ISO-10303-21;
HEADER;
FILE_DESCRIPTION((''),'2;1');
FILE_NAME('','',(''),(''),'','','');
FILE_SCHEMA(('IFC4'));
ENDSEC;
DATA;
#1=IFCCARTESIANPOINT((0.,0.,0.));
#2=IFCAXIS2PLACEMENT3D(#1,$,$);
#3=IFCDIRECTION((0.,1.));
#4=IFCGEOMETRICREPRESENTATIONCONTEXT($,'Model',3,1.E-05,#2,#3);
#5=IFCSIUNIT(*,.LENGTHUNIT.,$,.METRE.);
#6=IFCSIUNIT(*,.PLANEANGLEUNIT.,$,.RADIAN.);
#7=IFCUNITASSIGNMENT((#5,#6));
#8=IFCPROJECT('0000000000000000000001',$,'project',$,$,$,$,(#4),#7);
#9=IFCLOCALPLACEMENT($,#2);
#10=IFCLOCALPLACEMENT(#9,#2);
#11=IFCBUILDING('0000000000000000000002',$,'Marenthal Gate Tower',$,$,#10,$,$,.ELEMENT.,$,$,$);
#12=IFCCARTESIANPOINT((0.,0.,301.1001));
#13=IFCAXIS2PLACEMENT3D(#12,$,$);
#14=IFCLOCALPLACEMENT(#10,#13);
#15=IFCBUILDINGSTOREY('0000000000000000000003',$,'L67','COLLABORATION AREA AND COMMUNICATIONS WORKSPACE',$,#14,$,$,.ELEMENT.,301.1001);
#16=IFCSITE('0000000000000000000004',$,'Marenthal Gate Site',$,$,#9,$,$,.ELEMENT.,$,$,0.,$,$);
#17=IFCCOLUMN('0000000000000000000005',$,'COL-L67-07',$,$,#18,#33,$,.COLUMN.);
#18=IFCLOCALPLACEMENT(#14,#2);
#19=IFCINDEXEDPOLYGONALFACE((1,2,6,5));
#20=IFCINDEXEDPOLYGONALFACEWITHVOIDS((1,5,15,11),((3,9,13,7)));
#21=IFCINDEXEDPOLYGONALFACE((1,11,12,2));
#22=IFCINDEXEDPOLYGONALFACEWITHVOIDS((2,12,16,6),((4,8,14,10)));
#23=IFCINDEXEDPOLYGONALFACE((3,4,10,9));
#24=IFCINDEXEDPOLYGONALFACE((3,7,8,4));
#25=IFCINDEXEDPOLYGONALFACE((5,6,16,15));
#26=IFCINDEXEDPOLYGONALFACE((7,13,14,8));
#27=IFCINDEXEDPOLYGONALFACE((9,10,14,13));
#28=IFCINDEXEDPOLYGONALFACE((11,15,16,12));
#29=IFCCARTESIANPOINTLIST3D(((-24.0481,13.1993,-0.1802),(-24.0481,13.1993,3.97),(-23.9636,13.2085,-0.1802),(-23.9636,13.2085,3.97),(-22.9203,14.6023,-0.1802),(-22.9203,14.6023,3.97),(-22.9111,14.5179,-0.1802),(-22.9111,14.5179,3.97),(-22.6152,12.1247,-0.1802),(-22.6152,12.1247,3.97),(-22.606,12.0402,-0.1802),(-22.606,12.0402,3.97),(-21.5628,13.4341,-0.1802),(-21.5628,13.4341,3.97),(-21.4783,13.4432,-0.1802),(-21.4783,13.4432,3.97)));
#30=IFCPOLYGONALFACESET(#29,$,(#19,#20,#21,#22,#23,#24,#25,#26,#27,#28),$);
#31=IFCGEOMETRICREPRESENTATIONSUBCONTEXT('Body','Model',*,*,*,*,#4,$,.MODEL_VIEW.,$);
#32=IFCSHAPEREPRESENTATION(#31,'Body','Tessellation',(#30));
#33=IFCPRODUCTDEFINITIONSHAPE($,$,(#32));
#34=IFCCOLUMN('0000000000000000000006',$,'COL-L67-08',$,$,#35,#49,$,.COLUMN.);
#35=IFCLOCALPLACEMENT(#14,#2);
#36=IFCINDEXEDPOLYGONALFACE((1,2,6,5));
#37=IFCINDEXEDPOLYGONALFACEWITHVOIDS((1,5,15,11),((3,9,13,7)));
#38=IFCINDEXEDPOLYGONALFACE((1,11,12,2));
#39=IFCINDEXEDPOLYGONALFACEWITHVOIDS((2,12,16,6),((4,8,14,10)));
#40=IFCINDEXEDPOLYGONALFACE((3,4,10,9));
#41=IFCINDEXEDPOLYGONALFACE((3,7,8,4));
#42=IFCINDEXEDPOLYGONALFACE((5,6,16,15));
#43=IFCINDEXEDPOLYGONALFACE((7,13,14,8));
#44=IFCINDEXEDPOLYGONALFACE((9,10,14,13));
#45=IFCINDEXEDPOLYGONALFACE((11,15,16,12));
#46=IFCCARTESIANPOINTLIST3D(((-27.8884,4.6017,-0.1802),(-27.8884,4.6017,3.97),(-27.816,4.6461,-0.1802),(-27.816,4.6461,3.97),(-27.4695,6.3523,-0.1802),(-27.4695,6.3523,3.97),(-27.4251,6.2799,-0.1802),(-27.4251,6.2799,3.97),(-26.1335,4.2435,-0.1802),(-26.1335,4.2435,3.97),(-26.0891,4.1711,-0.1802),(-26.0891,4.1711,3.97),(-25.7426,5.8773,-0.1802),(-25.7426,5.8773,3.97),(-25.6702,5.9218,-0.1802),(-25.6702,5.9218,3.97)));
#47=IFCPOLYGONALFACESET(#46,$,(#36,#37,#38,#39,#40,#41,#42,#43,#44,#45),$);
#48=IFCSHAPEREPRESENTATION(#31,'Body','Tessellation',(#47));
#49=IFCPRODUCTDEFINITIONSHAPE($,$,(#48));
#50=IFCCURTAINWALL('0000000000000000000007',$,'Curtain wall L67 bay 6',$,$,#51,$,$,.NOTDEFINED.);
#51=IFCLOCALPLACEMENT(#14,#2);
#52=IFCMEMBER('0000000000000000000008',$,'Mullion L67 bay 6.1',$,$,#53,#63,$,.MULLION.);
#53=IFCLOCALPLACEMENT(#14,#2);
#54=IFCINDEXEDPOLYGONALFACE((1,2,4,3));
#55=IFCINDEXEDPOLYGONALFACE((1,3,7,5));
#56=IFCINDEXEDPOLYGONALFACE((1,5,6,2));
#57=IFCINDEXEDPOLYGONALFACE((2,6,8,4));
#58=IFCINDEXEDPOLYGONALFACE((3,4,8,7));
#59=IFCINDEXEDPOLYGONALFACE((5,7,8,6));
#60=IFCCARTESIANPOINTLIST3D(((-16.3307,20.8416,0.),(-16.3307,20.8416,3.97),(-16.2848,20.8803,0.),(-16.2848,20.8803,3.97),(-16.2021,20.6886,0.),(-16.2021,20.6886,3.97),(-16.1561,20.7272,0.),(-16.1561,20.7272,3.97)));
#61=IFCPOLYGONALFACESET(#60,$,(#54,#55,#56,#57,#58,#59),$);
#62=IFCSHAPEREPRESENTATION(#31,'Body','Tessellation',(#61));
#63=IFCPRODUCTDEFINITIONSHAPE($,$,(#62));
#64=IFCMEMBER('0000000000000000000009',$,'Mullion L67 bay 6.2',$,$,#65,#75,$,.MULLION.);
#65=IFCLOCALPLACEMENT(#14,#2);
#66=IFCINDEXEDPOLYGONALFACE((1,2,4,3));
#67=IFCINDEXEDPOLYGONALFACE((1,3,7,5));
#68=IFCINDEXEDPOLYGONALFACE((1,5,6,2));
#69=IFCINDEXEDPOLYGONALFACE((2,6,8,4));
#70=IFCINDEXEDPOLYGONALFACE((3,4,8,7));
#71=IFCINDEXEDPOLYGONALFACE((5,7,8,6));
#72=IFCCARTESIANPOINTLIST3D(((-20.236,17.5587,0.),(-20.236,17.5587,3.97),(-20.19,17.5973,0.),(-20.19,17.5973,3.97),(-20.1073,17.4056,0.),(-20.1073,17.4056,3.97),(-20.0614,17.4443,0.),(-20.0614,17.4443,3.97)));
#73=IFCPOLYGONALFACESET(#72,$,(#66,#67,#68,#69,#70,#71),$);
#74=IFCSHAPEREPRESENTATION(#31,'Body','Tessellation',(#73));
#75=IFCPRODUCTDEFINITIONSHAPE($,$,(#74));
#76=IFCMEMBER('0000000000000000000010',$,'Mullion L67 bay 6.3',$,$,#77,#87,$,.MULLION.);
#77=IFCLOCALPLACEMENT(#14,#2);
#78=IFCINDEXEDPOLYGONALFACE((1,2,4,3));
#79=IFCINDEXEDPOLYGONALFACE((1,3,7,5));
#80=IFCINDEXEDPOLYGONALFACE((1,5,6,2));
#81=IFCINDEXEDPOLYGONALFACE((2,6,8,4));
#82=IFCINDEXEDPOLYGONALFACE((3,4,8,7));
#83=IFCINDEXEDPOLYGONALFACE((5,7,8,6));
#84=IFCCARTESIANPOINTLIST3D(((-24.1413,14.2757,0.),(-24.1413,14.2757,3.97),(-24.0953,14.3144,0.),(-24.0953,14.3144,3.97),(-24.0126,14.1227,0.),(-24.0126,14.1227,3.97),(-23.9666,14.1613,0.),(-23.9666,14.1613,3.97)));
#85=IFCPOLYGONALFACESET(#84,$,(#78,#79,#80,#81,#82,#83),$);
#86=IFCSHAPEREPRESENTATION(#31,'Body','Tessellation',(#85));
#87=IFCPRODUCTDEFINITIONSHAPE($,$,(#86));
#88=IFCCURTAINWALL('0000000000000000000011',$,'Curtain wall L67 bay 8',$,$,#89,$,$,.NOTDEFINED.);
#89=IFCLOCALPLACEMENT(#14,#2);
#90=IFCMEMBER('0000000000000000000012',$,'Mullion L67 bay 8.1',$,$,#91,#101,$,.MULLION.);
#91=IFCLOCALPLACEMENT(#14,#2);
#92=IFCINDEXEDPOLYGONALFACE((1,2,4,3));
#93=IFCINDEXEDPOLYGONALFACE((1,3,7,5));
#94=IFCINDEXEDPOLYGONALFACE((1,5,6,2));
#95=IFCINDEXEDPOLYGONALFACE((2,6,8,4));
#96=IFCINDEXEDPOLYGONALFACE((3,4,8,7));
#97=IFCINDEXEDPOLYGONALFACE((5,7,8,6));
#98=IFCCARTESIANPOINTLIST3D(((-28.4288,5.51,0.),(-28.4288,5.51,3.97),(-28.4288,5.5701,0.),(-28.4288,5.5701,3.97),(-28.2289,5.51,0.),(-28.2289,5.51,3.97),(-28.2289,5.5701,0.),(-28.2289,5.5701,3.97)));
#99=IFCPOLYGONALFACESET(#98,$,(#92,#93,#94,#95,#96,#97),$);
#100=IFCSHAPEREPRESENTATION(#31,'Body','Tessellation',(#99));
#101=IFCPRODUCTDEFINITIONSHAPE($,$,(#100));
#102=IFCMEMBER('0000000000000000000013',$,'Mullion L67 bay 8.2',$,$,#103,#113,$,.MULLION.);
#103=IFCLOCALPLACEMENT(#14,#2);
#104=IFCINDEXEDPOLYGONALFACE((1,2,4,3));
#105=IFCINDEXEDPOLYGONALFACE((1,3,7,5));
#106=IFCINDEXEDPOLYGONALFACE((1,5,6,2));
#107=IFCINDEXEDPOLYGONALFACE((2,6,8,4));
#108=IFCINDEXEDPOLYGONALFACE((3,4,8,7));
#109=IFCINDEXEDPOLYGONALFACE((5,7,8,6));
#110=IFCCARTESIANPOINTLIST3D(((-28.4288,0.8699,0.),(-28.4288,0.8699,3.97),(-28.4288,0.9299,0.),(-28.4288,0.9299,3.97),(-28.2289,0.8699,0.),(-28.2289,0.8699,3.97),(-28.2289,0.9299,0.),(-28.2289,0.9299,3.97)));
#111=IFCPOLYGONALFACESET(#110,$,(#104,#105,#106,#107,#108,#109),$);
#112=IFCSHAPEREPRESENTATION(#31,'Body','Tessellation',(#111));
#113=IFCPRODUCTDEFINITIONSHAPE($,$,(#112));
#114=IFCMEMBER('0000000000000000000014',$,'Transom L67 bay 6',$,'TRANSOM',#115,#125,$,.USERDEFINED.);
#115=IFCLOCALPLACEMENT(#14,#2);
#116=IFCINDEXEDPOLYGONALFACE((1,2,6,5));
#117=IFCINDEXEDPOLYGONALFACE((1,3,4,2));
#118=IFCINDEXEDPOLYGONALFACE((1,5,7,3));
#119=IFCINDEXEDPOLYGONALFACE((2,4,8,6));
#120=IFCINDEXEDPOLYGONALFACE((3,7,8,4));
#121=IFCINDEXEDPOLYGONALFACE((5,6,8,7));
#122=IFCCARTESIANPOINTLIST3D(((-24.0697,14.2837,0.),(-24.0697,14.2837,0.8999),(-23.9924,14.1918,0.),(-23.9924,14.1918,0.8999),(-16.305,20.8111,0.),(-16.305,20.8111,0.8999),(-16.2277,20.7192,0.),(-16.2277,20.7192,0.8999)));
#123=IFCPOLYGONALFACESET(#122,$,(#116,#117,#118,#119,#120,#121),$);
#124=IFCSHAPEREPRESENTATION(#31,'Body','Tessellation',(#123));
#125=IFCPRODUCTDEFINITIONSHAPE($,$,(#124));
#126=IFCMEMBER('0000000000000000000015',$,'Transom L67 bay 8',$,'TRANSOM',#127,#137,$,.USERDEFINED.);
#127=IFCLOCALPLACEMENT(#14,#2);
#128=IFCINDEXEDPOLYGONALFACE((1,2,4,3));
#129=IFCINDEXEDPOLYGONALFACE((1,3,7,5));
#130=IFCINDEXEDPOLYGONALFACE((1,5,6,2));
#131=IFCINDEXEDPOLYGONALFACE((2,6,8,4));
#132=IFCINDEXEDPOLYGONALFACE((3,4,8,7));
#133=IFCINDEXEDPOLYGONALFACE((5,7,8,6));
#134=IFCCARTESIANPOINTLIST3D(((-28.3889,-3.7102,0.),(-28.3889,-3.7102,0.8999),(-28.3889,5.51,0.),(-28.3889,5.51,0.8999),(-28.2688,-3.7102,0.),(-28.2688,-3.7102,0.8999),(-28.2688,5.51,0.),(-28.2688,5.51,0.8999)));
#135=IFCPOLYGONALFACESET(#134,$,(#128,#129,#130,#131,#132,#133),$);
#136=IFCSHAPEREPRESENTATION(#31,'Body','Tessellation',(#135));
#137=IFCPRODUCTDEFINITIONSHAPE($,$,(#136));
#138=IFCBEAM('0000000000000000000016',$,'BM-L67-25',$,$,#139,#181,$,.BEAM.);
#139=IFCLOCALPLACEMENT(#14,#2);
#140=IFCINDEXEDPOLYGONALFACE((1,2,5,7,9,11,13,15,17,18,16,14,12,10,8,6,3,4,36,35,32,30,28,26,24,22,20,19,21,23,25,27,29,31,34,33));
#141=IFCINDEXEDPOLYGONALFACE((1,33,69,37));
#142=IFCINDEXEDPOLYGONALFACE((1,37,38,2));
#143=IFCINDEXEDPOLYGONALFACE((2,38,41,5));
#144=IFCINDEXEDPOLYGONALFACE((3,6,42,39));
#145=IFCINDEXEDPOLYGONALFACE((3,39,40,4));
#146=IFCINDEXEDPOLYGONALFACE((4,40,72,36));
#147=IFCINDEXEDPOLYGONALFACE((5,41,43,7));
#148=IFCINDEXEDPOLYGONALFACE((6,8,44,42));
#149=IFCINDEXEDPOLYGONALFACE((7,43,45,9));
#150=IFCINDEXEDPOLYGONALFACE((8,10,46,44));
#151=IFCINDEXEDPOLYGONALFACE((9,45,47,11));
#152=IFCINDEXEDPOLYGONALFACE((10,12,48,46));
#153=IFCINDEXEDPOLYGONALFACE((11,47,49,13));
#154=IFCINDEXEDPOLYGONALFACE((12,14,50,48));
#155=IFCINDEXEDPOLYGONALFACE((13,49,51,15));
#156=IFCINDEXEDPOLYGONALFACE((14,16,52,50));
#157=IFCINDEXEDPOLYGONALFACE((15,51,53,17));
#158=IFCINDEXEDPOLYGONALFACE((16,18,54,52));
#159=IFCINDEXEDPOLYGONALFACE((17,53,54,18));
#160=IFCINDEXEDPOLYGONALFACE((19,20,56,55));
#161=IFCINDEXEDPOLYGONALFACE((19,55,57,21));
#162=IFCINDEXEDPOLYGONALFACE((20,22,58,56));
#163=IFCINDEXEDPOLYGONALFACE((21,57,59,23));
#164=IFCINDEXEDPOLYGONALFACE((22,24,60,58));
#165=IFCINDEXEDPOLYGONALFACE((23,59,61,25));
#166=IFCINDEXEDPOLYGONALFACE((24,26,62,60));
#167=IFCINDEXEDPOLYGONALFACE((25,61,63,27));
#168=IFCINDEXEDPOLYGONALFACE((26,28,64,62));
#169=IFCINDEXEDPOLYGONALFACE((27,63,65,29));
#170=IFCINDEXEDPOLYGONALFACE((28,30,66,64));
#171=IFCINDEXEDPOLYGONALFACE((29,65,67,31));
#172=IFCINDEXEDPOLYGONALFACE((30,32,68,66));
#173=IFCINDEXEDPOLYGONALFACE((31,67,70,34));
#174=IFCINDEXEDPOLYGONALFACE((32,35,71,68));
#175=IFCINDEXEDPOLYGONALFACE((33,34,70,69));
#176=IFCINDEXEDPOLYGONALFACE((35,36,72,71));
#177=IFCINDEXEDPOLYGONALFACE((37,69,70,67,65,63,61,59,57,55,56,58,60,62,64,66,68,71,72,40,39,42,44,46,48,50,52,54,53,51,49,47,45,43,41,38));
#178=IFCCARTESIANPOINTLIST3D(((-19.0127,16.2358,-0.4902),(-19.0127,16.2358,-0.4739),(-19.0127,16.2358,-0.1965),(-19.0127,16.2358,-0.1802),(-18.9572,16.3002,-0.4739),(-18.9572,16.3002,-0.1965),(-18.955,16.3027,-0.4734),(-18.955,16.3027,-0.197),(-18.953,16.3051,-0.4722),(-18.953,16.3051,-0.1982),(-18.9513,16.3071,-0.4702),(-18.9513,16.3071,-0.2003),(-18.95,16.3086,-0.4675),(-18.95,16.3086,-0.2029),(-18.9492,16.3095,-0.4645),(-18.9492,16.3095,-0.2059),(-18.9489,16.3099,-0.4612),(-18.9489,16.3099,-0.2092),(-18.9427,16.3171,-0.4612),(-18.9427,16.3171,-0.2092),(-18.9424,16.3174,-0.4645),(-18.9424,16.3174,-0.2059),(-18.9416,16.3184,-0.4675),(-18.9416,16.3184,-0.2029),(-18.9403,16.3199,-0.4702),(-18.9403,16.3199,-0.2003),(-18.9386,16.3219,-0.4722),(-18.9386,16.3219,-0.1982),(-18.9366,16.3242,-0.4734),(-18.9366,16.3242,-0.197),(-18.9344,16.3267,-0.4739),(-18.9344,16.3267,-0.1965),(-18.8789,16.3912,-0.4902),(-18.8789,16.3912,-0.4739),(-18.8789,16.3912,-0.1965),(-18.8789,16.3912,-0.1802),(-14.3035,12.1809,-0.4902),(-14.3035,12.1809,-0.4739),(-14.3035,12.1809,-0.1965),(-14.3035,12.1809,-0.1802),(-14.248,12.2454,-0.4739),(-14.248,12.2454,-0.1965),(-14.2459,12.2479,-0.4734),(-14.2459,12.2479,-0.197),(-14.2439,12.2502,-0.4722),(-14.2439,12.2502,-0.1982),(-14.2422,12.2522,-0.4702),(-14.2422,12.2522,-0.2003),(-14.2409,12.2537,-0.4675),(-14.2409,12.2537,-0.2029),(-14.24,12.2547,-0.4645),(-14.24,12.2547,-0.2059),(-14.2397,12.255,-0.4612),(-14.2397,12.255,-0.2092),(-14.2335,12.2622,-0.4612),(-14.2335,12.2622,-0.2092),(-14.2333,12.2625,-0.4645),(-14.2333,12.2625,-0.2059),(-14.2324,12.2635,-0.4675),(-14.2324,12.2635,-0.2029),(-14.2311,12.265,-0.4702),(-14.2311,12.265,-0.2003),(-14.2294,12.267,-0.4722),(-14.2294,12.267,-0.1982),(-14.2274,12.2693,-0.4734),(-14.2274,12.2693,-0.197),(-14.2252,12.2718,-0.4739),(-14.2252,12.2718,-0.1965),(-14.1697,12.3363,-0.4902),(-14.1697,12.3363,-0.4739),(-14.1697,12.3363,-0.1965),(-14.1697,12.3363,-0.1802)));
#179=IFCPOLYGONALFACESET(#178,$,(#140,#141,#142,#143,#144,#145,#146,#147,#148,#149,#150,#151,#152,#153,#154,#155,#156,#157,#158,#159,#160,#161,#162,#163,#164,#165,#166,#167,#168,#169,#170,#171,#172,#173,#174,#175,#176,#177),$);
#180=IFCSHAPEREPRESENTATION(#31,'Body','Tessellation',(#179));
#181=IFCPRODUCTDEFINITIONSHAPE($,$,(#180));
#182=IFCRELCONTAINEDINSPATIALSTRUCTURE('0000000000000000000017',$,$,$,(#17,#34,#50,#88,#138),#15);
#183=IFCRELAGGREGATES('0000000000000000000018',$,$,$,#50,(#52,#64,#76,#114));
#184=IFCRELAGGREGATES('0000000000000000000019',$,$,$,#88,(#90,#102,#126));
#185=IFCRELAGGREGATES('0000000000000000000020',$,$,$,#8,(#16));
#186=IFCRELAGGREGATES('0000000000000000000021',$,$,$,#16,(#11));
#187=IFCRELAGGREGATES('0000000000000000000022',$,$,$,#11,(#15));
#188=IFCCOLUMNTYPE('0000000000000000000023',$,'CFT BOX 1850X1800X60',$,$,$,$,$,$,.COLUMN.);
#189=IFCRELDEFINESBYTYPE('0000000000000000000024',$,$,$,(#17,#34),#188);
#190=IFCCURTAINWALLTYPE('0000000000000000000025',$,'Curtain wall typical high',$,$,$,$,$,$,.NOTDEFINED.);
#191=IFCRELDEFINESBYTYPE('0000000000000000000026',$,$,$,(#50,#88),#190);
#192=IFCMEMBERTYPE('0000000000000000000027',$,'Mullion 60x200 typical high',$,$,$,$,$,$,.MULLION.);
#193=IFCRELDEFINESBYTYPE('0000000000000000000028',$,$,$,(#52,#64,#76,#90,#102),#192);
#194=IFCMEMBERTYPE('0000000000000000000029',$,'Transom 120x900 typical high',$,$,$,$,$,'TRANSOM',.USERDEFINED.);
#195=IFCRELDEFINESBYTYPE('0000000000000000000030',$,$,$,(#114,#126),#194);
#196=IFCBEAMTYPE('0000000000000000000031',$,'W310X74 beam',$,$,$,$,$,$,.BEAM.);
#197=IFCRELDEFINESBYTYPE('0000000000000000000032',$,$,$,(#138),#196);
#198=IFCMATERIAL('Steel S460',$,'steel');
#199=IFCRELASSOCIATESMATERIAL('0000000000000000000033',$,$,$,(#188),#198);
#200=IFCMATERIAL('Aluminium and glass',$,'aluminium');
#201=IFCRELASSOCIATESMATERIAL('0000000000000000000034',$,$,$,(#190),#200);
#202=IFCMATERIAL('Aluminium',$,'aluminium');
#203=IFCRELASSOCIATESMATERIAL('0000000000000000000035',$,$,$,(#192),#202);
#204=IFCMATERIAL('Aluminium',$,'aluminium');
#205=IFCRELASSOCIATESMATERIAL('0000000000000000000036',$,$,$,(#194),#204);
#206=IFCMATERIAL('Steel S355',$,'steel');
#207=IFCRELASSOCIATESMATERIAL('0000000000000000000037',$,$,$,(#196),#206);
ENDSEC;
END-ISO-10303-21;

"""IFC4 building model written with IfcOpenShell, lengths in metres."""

from ifc_helpers import new_model, si_unit, direction, frame, origin, origin_2d, place, context, subcontext, project, spatial, rectangle, hollow_rectangle, i_section, extrude, material, material_profile, profile_set, type_object, element, aggregate, save


model = new_model("IFC4")

# Units and contexts
model_context = context("Model", 3, precision=1e-05, world=origin(), true_north=direction((0.0, 1.0)))
body_context = subcontext(model_context, "Body", "Model", "MODEL_VIEW")
ifc_project = project(units=[si_unit("LENGTHUNIT", "METRE"), si_unit("PLANEANGLEUNIT", "RADIAN")], contexts=[model_context])

# Site, building, storey
site_placement = place(None, origin())
site = spatial("IfcSite", under=ifc_project, at=site_placement, Name="Marenthal Gate Site", CompositionType="ELEMENT", RefElevation=0.0)
building_placement = place(site_placement, origin())
building = spatial("IfcBuilding", under=site, at=building_placement, Name="Marenthal Gate Tower", CompositionType="ELEMENT")
storey_placement = place(building_placement, frame((0.0, 0.0, 301.1001)))
storey = spatial("IfcBuildingStorey", under=building, at=storey_placement, Name="L67", Description="COLLABORATION AREA AND COMMUNICATIONS WORKSPACE", CompositionType="ELEMENT", Elevation=301.1001)

# Columns
ifc_material_1 = material(Name="Steel S460", Category="steel")
ifc_material_profile_1 = material_profile(ifc_material_1, hollow_rectangle(XDim=1.8, YDim=1.8501, WallThickness=0.0601, at=origin_2d()), Name="CFT BOX 1850X1800X60")
ifc_material_2 = material(Name="Concrete 70 MPa", Category="concrete")
ifc_material_profile_2 = material_profile(ifc_material_2, rectangle(XDim=1.6799, YDim=1.73, at=origin_2d()), Name="CFT BOX 1850X1800X60 INFILL")
ifc_profile_set_1 = profile_set([ifc_material_profile_1, ifc_material_profile_2], Name="Steel S460 shell, Concrete 70 MPa infill")
column_type = type_object("IfcColumnType", Name="CFT BOX 1850X1800X60", PredefinedType="COLUMN", material=ifc_profile_set_1)
for number, where, z_axis, x_axis, name in (
    (1, (-22.7632, 13.3213, -0.1802), (0.0, 0.0, 1.0), (0.626499, 0.779422, 0.0), "COL-L67-07"),
    (2, (-26.7793, 5.2617, -0.1802), (0.0, 0.0, 1.0), (0.232716, 0.972545, 0.0), "COL-L67-08"),
):
    element("IfcColumn", number, at=place(storey_placement, frame(where, z_axis=z_axis, x_axis=x_axis)), inside=storey, type_object=column_type, Name=name, PredefinedType="COLUMN", context=body_context, shape_type="SweptSolid", body=[
        extrude(hollow_rectangle(XDim=1.8, YDim=1.8501, WallThickness=0.0601, at=origin_2d()), origin(), (0.0, 0.0, 1.0), 4.1501),
    ])

# Curtain walls, members
ifc_material_3 = material(Name="Aluminium and glass", Category="aluminium")
curtain_wall_type = type_object("IfcCurtainWallType", Name="Curtain wall typical high", PredefinedType="NOTDEFINED", material=ifc_material_3)
curtain_wall_1_placement = place(storey_placement, origin())
curtain_wall_1 = element("IfcCurtainWall", 3, at=curtain_wall_1_placement, inside=storey, type_object=curtain_wall_type, Name="Curtain wall L67 bay 6", PredefinedType="NOTDEFINED")
ifc_material_4 = material(Name="Aluminium", Category="aluminium")
ifc_material_profile_3 = material_profile(ifc_material_4, rectangle(XDim=0.2, YDim=0.0601, at=origin_2d()), Name="60x200 aluminium mullion")
ifc_profile_set_2 = profile_set([ifc_material_profile_3], Name="Aluminium")
member_type_1 = type_object("IfcMemberType", Name="Mullion 60x200 typical high", PredefinedType="MULLION", material=ifc_profile_set_2)
member_1_placement = place(storey_placement, frame((-16.2434, 20.7844, 0.0), z_axis=(0.0, 0.0, 1.0), x_axis=(0.64348, -0.765463, 0.0)))
member_1 = element("IfcMember", 4, at=member_1_placement, type_object=member_type_1, Name="Mullion L67 bay 6.1", PredefinedType="MULLION", context=body_context, shape_type="SweptSolid", body=[
    extrude(rectangle(XDim=0.2, YDim=0.0601, at=origin_2d()), origin(), (0.0, 0.0, 1.0), 3.97),
])
member_2_placement = place(storey_placement, frame((-20.1487, 17.5015, 0.0), z_axis=(0.0, 0.0, 1.0), x_axis=(0.64348, -0.765463, 0.0)))
member_2 = element("IfcMember", 5, at=member_2_placement, type_object=member_type_1, Name="Mullion L67 bay 6.2", PredefinedType="MULLION", context=body_context, shape_type="SweptSolid", body=[
    extrude(rectangle(XDim=0.2, YDim=0.0601, at=origin_2d()), origin(), (0.0, 0.0, 1.0), 3.97),
])
member_3_placement = place(storey_placement, frame((-24.054, 14.2185, 0.0), z_axis=(0.0, 0.0, 1.0), x_axis=(0.64348, -0.765463, 0.0)))
member_3 = element("IfcMember", 6, at=member_3_placement, type_object=member_type_1, Name="Mullion L67 bay 6.3", PredefinedType="MULLION", context=body_context, shape_type="SweptSolid", body=[
    extrude(rectangle(XDim=0.2, YDim=0.0601, at=origin_2d()), origin(), (0.0, 0.0, 1.0), 3.97),
])
curtain_wall_2_placement = place(storey_placement, origin())
curtain_wall_2 = element("IfcCurtainWall", 7, at=curtain_wall_2_placement, inside=storey, type_object=curtain_wall_type, Name="Curtain wall L67 bay 8", PredefinedType="NOTDEFINED")
member_4_placement = place(storey_placement, frame((-28.3289, 5.54, 0.0), z_axis=(0.0, 0.0, 1.0), x_axis=(1.0, 0.0, 0.0)))
member_4 = element("IfcMember", 8, at=member_4_placement, type_object=member_type_1, Name="Mullion L67 bay 8.1", PredefinedType="MULLION", context=body_context, shape_type="SweptSolid", body=[
    extrude(rectangle(XDim=0.2, YDim=0.0601, at=origin_2d()), origin(), (0.0, 0.0, 1.0), 3.97),
])
member_5_placement = place(storey_placement, frame((-28.3289, 0.8999, 0.0), z_axis=(0.0, 0.0, 1.0), x_axis=(1.0, 0.0, 0.0)))
member_5 = element("IfcMember", 9, at=member_5_placement, type_object=member_type_1, Name="Mullion L67 bay 8.2", PredefinedType="MULLION", context=body_context, shape_type="SweptSolid", body=[
    extrude(rectangle(XDim=0.2, YDim=0.0601, at=origin_2d()), origin(), (0.0, 0.0, 1.0), 3.97),
])

# Members
ifc_material_5 = material(Name="Aluminium", Category="aluminium")
ifc_material_profile_4 = material_profile(ifc_material_5, rectangle(XDim=0.1201, YDim=0.8999, at=origin_2d()), Name="120x900 aluminium transom")
ifc_profile_set_3 = profile_set([ifc_material_profile_4], Name="Aluminium")
member_type_2 = type_object("IfcMemberType", Name="Transom 120x900 typical high", ElementType="TRANSOM", PredefinedType="USERDEFINED", material=ifc_profile_set_3)
member_6_placement = place(storey_placement, frame((-16.2664, 20.7651, 0.45), z_axis=(-0.76546, -0.643483, 0.0), x_axis=(0.643483, -0.76546, 0.0)))
member_6 = element("IfcMember", 10, at=member_6_placement, type_object=member_type_2, Name="Transom L67 bay 6", ObjectType="TRANSOM", PredefinedType="USERDEFINED", context=body_context, shape_type="SweptSolid", body=[
    extrude(rectangle(XDim=0.1201, YDim=0.8999, at=origin_2d()), origin(), (0.0, 0.0, 1.0), 10.1438),
])
member_7_placement = place(storey_placement, frame((-28.3289, 5.51, 0.45), z_axis=(0.0, -1.0, 0.0), x_axis=(1.0, 0.0, 0.0)))
member_7 = element("IfcMember", 11, at=member_7_placement, type_object=member_type_2, Name="Transom L67 bay 8", ObjectType="TRANSOM", PredefinedType="USERDEFINED", context=body_context, shape_type="SweptSolid", body=[
    extrude(rectangle(XDim=0.1201, YDim=0.8999, at=origin_2d()), origin(), (0.0, 0.0, 1.0), 9.2202),
])

# Beam
ifc_material_6 = material(Name="Steel S355", Category="steel")
ifc_material_profile_5 = material_profile(ifc_material_6, i_section(OverallWidth=0.2051, OverallDepth=0.3101, WebThickness=0.0095, FlangeThickness=0.0164, FilletRadius=0.0127, at=origin_2d()), Name="W310X74")
ifc_profile_set_4 = profile_set([ifc_material_profile_5], Name="Steel S355")
beam_type_1 = type_object("IfcBeamType", Name="W310X74 beam", PredefinedType="BEAM", material=ifc_profile_set_4)
beam_1_placement = place(storey_placement, frame((-18.9458, 16.3135, -0.3352), z_axis=(0.757788, -0.652501, 0.0), x_axis=(0.652501, 0.757788, 0.0)))
element("IfcBeam", 12, at=beam_1_placement, inside=storey, type_object=beam_type_1, Name="BM-L67-25", PredefinedType="BEAM", context=body_context, shape_type="SweptSolid", body=[
    extrude(i_section(OverallWidth=0.2051, OverallDepth=0.3101, WebThickness=0.0095, FlangeThickness=0.0164, FilletRadius=0.0127, at=origin_2d()), origin(), (0.0, 0.0, 1.0), 6.2144),
])

aggregate(curtain_wall_1, [member_1, member_2, member_3, member_6])
aggregate(curtain_wall_2, [member_4, member_5, member_7])

save(model, "model.ifc")
